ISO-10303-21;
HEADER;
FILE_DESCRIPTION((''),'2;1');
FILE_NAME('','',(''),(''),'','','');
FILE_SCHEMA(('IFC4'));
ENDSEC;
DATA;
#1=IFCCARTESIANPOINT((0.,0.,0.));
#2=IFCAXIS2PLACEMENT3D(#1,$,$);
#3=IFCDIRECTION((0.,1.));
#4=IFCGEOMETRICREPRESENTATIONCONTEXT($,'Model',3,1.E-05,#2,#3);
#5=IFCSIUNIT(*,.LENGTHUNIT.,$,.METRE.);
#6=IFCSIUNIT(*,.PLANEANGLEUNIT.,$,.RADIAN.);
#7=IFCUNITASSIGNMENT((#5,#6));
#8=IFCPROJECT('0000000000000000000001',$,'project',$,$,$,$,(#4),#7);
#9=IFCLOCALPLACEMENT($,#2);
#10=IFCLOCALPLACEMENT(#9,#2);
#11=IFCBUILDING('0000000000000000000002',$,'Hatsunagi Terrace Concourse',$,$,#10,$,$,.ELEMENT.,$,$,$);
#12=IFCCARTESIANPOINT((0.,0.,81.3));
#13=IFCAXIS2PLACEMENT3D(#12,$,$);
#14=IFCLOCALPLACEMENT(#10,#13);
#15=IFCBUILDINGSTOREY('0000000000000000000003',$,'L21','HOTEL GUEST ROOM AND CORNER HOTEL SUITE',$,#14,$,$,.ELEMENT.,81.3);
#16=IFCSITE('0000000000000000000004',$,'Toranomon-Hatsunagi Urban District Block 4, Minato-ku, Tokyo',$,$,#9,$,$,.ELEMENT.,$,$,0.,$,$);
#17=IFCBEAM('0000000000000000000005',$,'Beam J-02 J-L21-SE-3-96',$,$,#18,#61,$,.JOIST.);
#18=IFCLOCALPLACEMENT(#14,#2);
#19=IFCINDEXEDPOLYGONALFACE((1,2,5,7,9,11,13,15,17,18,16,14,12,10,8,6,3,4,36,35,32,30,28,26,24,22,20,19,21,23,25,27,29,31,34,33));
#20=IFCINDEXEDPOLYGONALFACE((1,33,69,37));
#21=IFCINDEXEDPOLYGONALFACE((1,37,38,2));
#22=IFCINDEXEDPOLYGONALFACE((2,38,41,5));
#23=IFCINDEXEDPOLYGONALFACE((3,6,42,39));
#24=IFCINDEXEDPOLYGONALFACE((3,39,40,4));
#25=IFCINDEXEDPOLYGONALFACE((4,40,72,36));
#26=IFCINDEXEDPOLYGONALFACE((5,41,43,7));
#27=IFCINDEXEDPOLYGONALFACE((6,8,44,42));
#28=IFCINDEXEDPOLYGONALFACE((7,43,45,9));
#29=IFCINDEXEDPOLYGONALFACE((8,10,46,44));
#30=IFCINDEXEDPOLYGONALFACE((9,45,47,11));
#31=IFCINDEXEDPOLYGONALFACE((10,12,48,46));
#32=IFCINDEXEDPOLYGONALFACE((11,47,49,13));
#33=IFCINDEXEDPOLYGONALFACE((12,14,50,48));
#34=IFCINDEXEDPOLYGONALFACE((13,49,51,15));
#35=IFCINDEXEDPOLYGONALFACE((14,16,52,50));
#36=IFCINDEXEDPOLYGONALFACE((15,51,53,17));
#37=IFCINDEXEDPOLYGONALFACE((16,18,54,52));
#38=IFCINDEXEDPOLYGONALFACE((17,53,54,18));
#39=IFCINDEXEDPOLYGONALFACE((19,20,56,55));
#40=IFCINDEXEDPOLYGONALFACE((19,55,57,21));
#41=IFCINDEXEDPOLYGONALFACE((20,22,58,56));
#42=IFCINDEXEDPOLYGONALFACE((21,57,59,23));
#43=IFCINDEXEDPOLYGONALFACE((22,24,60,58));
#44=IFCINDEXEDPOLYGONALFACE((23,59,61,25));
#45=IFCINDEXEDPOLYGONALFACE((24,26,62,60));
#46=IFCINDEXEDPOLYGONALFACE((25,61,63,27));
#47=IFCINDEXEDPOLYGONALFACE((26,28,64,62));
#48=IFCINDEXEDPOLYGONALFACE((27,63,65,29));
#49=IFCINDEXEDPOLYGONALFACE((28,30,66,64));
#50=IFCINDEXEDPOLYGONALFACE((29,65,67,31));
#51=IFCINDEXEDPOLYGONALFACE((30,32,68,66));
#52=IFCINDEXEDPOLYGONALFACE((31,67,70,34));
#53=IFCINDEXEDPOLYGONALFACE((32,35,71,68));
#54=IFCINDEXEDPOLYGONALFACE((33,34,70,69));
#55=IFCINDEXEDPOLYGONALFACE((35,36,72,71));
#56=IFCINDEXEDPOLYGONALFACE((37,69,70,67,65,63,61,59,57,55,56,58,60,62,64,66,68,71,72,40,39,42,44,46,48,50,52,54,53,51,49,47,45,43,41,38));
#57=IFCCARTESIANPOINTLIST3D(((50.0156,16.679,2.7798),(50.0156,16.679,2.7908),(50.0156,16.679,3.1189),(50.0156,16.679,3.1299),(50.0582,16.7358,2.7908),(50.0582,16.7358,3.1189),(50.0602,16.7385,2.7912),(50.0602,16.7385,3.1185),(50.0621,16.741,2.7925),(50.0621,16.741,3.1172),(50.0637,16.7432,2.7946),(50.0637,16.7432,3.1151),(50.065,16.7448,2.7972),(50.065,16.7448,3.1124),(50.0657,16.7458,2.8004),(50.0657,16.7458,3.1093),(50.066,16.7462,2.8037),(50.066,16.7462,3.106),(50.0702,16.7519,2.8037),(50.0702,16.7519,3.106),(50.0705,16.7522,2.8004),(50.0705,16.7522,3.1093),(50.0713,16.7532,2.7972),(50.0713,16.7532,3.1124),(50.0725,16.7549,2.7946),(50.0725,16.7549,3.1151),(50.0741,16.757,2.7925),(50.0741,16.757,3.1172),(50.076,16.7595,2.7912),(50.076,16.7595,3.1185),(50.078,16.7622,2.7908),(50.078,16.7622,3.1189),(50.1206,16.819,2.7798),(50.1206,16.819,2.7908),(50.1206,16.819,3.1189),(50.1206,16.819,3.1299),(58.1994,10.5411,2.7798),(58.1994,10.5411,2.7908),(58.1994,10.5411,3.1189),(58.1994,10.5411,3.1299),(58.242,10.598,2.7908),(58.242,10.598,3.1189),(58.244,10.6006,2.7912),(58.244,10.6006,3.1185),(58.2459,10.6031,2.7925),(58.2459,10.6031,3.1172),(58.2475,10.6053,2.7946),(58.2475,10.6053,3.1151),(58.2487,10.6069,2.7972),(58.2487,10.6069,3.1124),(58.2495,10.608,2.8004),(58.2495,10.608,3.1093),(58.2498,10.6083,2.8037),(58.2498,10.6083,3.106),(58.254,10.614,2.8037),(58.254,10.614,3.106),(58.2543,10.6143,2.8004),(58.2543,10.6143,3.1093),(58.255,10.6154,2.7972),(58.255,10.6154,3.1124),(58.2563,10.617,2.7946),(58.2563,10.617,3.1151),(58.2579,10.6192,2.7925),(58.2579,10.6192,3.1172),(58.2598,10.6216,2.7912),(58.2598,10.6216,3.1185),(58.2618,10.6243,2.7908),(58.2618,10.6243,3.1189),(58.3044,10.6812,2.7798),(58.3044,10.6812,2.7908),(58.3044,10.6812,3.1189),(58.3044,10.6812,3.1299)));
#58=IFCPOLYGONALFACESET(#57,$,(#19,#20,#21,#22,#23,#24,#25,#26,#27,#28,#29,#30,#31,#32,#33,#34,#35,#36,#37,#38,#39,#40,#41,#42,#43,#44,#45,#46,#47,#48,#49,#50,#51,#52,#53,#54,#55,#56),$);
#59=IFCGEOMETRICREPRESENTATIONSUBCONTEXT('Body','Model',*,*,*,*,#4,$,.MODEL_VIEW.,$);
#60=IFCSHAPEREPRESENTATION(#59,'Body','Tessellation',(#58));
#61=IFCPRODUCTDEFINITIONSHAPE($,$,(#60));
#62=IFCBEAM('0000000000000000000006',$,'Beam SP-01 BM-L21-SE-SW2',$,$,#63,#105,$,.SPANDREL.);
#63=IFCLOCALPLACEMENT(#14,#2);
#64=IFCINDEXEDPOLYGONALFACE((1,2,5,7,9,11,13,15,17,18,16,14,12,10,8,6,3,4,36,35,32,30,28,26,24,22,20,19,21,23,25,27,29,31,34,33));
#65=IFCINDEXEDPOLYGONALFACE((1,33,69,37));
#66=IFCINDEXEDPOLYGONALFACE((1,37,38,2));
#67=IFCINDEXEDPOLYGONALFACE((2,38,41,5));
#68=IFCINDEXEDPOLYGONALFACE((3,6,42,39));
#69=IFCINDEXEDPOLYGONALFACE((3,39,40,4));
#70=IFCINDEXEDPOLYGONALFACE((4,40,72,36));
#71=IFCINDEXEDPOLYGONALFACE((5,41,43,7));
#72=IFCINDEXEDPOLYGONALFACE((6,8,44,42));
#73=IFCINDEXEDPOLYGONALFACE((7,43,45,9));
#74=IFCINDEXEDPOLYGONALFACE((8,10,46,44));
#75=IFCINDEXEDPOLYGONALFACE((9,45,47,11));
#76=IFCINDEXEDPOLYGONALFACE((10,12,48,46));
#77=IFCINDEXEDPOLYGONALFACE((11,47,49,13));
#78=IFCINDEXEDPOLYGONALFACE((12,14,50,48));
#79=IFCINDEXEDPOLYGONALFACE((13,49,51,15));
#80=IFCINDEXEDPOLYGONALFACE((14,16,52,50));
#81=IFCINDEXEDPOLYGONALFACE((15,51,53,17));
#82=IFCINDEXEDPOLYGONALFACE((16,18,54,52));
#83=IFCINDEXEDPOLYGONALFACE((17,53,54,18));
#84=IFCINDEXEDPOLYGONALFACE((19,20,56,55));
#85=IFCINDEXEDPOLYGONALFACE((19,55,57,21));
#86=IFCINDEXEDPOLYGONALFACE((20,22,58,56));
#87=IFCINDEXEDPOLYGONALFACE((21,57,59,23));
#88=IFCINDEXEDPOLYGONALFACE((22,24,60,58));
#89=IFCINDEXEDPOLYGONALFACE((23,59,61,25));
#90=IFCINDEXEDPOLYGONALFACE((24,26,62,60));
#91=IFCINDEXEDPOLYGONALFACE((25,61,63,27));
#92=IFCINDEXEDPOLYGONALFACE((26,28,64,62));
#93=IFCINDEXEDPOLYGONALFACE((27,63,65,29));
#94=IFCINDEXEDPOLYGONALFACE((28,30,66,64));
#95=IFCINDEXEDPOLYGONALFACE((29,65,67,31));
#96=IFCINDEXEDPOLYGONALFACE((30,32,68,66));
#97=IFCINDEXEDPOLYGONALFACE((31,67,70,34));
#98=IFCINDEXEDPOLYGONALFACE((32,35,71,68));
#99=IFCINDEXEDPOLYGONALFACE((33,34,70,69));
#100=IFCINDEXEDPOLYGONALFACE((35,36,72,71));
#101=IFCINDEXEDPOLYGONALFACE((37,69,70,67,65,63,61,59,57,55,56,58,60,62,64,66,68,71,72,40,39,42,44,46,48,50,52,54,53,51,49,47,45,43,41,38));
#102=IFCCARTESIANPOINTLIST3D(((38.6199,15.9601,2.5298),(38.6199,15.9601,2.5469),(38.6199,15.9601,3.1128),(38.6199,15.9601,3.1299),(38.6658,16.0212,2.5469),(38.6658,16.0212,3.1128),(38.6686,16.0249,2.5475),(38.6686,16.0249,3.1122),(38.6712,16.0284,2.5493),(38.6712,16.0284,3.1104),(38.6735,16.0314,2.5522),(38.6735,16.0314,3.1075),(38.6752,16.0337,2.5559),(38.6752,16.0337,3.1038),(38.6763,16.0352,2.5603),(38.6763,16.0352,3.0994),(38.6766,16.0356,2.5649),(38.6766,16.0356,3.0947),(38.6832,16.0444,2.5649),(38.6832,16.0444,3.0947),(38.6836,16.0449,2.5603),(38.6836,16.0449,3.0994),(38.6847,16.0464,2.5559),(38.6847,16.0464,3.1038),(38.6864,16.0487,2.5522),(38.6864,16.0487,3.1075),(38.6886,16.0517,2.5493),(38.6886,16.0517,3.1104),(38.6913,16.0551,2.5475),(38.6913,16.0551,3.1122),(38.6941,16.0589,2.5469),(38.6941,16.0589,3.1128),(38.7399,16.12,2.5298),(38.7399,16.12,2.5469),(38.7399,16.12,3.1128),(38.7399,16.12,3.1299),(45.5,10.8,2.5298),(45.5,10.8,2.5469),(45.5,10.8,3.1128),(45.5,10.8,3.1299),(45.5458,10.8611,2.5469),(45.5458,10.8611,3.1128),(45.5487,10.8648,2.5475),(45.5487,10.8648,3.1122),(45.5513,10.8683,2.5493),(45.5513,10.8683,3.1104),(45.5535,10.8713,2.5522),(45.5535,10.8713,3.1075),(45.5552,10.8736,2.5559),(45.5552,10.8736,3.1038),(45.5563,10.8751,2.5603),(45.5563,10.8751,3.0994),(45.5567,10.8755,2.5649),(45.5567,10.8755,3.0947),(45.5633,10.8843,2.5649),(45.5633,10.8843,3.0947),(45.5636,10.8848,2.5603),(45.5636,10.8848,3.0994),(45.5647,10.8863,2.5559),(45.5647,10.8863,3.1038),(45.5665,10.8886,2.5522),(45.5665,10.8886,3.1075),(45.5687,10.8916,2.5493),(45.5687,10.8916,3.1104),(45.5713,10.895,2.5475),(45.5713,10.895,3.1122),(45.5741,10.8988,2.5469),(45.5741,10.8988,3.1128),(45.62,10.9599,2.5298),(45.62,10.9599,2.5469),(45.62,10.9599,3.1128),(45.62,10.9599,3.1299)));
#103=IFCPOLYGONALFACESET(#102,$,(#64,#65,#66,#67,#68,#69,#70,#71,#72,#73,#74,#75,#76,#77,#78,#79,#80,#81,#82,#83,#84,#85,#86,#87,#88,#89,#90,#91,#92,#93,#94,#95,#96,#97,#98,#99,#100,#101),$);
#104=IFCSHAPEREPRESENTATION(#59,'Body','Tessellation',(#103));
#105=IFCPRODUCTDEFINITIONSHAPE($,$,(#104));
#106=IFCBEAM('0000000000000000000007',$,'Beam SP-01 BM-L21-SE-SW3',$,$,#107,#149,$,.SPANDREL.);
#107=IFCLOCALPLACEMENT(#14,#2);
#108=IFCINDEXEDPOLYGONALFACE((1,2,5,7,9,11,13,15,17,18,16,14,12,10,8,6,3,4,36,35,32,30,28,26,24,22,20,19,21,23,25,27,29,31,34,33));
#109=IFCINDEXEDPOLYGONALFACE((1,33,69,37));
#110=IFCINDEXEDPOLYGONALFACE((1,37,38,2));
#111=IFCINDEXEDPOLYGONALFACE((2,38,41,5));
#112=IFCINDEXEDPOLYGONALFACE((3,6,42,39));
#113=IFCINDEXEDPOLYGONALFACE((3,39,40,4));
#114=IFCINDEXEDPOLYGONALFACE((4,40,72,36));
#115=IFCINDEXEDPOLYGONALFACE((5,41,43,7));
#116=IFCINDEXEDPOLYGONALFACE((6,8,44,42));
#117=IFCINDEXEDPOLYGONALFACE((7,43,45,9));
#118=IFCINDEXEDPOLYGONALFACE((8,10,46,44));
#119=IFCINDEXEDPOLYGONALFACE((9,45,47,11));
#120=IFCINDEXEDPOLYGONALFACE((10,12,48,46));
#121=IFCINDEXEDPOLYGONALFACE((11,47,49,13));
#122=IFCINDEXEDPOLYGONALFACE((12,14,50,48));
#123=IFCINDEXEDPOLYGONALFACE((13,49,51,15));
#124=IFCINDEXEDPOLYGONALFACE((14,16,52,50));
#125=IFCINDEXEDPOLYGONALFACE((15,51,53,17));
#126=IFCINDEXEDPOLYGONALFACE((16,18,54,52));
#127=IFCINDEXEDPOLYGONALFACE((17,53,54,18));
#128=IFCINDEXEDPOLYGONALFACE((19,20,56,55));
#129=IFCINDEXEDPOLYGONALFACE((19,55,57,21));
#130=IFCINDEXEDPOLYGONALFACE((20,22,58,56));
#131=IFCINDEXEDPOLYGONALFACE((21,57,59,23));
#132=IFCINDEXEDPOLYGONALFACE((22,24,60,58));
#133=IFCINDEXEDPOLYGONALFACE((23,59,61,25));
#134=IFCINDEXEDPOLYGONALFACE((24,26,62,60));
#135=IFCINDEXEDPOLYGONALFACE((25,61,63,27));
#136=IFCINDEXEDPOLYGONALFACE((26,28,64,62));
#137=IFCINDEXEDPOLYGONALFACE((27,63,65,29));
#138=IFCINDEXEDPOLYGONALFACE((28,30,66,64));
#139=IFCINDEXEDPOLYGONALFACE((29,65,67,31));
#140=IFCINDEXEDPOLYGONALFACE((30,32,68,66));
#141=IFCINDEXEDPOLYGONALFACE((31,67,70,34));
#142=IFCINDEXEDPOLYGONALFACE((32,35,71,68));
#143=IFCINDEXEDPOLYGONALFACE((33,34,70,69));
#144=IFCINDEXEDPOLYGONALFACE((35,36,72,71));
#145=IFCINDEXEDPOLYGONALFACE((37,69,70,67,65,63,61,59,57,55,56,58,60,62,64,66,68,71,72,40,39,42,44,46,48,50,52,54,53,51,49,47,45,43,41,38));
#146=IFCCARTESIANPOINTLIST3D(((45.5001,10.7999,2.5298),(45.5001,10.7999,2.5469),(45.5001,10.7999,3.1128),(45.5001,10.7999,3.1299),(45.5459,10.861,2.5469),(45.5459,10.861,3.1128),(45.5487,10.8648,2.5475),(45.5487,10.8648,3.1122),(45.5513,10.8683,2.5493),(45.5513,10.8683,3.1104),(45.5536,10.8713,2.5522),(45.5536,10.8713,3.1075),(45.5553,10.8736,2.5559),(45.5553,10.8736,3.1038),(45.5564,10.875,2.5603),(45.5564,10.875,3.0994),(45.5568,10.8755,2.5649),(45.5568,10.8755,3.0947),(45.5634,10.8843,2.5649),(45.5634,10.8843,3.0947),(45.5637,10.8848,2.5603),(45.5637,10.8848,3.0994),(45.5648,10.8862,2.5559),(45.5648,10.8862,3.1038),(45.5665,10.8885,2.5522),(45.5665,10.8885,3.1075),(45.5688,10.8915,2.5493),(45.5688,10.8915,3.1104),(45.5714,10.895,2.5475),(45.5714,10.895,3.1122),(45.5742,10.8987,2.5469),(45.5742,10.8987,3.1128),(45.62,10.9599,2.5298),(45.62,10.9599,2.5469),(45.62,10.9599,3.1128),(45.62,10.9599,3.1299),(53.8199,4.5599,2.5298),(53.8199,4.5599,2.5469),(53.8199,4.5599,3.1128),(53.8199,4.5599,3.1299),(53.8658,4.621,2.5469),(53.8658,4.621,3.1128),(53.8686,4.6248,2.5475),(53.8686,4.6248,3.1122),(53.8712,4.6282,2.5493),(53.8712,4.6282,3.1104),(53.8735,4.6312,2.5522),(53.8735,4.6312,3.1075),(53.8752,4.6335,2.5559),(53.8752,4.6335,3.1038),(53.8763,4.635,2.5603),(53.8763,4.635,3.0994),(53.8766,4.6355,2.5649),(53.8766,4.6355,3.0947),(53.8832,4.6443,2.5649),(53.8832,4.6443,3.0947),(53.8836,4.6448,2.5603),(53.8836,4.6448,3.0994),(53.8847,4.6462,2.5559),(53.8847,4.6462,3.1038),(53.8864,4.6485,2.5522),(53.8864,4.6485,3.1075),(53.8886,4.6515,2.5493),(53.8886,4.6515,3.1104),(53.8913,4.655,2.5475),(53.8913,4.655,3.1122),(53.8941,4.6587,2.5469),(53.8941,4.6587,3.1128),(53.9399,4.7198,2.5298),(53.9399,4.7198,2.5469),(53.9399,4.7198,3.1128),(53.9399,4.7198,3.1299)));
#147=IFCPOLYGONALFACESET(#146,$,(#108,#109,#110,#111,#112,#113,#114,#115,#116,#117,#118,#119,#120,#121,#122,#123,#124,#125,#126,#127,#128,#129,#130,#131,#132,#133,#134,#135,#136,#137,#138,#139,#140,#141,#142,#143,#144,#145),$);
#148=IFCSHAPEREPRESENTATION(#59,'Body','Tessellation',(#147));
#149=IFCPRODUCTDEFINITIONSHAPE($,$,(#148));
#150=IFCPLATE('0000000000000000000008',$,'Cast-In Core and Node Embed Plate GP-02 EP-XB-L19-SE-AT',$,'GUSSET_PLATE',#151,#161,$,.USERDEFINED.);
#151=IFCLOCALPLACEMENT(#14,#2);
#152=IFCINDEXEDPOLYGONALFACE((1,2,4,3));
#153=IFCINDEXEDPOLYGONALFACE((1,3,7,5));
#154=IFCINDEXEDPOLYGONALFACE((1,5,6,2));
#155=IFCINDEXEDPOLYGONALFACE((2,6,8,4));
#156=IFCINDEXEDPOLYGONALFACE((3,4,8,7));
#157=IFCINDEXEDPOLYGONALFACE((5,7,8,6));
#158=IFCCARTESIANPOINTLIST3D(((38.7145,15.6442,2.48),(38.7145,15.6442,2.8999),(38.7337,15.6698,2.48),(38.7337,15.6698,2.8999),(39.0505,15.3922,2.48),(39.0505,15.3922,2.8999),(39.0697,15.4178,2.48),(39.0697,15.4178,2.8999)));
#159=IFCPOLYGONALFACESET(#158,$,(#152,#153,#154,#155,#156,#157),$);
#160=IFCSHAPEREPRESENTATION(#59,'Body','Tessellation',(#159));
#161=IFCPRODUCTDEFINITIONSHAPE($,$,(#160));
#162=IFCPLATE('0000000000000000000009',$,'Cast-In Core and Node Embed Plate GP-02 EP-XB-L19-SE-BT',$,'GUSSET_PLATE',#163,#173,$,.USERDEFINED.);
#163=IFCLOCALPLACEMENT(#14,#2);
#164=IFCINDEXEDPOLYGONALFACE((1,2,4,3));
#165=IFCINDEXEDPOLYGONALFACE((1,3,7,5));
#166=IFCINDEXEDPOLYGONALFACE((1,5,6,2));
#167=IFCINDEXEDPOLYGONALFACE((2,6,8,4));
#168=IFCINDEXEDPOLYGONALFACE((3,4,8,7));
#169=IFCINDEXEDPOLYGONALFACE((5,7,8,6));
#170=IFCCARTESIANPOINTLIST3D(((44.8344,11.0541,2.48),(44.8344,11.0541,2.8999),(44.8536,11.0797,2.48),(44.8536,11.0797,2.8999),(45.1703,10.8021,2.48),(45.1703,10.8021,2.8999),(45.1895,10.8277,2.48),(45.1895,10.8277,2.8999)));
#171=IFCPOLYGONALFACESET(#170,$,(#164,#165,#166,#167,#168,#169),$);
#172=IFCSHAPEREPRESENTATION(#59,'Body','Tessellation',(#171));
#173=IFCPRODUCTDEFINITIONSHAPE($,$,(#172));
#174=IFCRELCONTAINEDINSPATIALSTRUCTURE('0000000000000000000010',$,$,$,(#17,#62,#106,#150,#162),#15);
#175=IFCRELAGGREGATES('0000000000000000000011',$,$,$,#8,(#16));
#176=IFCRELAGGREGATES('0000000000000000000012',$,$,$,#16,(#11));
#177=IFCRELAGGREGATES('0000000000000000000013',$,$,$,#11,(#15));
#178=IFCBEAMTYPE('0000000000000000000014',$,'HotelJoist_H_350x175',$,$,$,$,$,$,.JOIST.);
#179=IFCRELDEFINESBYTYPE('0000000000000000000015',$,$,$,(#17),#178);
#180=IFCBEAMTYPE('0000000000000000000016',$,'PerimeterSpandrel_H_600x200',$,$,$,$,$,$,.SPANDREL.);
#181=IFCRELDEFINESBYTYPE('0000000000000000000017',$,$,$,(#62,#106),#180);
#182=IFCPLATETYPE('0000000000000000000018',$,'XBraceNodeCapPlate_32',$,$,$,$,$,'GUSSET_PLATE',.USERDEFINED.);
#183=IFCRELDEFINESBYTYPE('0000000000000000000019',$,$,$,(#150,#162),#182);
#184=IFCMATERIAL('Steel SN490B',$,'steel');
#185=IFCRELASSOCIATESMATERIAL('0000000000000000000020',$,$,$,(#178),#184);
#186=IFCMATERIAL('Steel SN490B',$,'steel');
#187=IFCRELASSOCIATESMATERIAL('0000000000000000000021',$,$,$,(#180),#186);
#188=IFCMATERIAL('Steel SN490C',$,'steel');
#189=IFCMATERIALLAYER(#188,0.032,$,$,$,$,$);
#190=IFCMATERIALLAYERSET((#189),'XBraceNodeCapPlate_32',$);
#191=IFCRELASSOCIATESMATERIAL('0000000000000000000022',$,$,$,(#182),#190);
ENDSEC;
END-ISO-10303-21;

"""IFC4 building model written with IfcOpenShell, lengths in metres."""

from ifc_helpers import new_model, si_unit, direction, frame, origin, origin_2d, place, context, subcontext, project, spatial, rectangle, i_section, extrude, material, layer, layer_set, material_profile, profile_set, type_object, element, save


model = new_model("IFC4")

# Units and contexts
model_context = context("Model", 3, precision=1e-05, world=origin(), true_north=direction((0.0, 1.0)))
body_context = subcontext(model_context, "Body", "Model", "MODEL_VIEW")
ifc_project = project(units=[si_unit("LENGTHUNIT", "METRE"), si_unit("PLANEANGLEUNIT", "RADIAN")], contexts=[model_context])

# Site, building, storey
site_placement = place(None, origin())
site = spatial("IfcSite", under=ifc_project, at=site_placement, Name="Toranomon-Hatsunagi Urban District Block 4, Minato-ku, Tokyo", CompositionType="ELEMENT", RefElevation=0.0)
building_placement = place(site_placement, origin())
building = spatial("IfcBuilding", under=site, at=building_placement, Name="Hatsunagi Terrace Concourse", CompositionType="ELEMENT")
storey_placement = place(building_placement, frame((0.0, 0.0, 81.3)))
storey = spatial("IfcBuildingStorey", under=building, at=storey_placement, Name="L21", Description="HOTEL GUEST ROOM AND CORNER HOTEL SUITE", CompositionType="ELEMENT", Elevation=81.3)

# Beams
ifc_material_1 = material(Name="Steel SN490B", Category="steel")
ifc_material_profile_1 = material_profile(ifc_material_1, i_section(OverallWidth=0.175, OverallDepth=0.3501, WebThickness=0.0071, FlangeThickness=0.011, FilletRadius=0.0129, at=origin_2d()), Name="H-350x175x7x11")
ifc_profile_set_1 = profile_set([ifc_material_profile_1], Name="Steel SN490B")
beam_type_1 = type_object("IfcBeamType", Name="HotelJoist_H_350x175", PredefinedType="JOIST", material=ifc_profile_set_1)
beam_1_placement = place(storey_placement, frame((50.0681, 16.749, 2.9548), z_axis=(0.799997, -0.600004, 0.0), x_axis=(0.600004, 0.799997, 0.0)))
element("IfcBeam", 1, at=beam_1_placement, inside=storey, type_object=beam_type_1, Name="Beam J-02 J-L21-SE-3-96", PredefinedType="JOIST", context=body_context, shape_type="SweptSolid", body=[
    extrude(i_section(OverallWidth=0.175, OverallDepth=0.3501, WebThickness=0.0071, FlangeThickness=0.011, FilletRadius=0.0129, at=origin_2d()), origin(), (0.0, 0.0, 1.0), 10.2297),
])
ifc_material_2 = material(Name="Steel SN490B", Category="steel")
ifc_material_profile_2 = material_profile(ifc_material_2, i_section(OverallWidth=0.2, OverallDepth=0.6001, WebThickness=0.011, FlangeThickness=0.0171, FilletRadius=0.0181, at=origin_2d()), Name="H-600x200x11x17")
ifc_profile_set_2 = profile_set([ifc_material_profile_2], Name="Steel SN490B")
beam_type_2 = type_object("IfcBeamType", Name="PerimeterSpandrel_H_600x200", PredefinedType="SPANDREL", material=ifc_profile_set_2)
beam_2_placement = place(storey_placement, frame((38.6799, 16.04, 2.8298), z_axis=(0.799997, -0.600005, 0.0), x_axis=(0.600005, 0.799997, 0.0)))
element("IfcBeam", 2, at=beam_2_placement, inside=storey, type_object=beam_type_2, Name="Beam SP-01 BM-L21-SE-SW2", PredefinedType="SPANDREL", context=body_context, shape_type="SweptSolid", body=[
    extrude(i_section(OverallWidth=0.2, OverallDepth=0.6001, WebThickness=0.011, FlangeThickness=0.0171, FilletRadius=0.0181, at=origin_2d()), origin(), (0.0, 0.0, 1.0), 8.6001),
])
beam_3_placement = place(storey_placement, frame((45.5601, 10.8799, 2.8298), z_axis=(0.799994, -0.600008, 0.0), x_axis=(0.600008, 0.799994, 0.0)))
element("IfcBeam", 3, at=beam_3_placement, inside=storey, type_object=beam_type_2, Name="Beam SP-01 BM-L21-SE-SW3", PredefinedType="SPANDREL", context=body_context, shape_type="SweptSolid", body=[
    extrude(i_section(OverallWidth=0.2, OverallDepth=0.6001, WebThickness=0.011, FlangeThickness=0.0171, FilletRadius=0.0181, at=origin_2d()), origin(), (0.0, 0.0, 1.0), 10.3999),
])

# Plates
ifc_material_3 = material(Name="Steel SN490C", Category="steel")
ifc_layer_1 = layer(ifc_material_3, 0.032)
ifc_layer_set_1 = layer_set([ifc_layer_1], Name="XBraceNodeCapPlate_32")
plate_type = type_object("IfcPlateType", Name="XBraceNodeCapPlate_32", ElementType="GUSSET_PLATE", PredefinedType="USERDEFINED", material=ifc_layer_set_1)
for number, where, z_axis, x_axis, name in (
    (4, (38.8921, 15.531, 2.48), (0.0, 0.0, 1.0), (0.8, -0.6, 0.0), "Cast-In Core and Node Embed Plate GP-02 EP-XB-L19-SE-AT"),
    (5, (45.012, 10.9409, 2.48), (0.0, 0.0, 1.0), (0.8, -0.6, 0.0), "Cast-In Core and Node Embed Plate GP-02 EP-XB-L19-SE-BT"),
):
    element("IfcPlate", number, at=place(storey_placement, frame(where, z_axis=z_axis, x_axis=x_axis)), inside=storey, type_object=plate_type, Name=name, ObjectType="GUSSET_PLATE", PredefinedType="USERDEFINED", context=body_context, shape_type="SweptSolid", body=[
        extrude(rectangle(XDim=0.4199, YDim=0.032, at=origin_2d()), origin(), (0.0, 0.0, 1.0), 0.4199),
    ])

save(model, "model.ifc")
